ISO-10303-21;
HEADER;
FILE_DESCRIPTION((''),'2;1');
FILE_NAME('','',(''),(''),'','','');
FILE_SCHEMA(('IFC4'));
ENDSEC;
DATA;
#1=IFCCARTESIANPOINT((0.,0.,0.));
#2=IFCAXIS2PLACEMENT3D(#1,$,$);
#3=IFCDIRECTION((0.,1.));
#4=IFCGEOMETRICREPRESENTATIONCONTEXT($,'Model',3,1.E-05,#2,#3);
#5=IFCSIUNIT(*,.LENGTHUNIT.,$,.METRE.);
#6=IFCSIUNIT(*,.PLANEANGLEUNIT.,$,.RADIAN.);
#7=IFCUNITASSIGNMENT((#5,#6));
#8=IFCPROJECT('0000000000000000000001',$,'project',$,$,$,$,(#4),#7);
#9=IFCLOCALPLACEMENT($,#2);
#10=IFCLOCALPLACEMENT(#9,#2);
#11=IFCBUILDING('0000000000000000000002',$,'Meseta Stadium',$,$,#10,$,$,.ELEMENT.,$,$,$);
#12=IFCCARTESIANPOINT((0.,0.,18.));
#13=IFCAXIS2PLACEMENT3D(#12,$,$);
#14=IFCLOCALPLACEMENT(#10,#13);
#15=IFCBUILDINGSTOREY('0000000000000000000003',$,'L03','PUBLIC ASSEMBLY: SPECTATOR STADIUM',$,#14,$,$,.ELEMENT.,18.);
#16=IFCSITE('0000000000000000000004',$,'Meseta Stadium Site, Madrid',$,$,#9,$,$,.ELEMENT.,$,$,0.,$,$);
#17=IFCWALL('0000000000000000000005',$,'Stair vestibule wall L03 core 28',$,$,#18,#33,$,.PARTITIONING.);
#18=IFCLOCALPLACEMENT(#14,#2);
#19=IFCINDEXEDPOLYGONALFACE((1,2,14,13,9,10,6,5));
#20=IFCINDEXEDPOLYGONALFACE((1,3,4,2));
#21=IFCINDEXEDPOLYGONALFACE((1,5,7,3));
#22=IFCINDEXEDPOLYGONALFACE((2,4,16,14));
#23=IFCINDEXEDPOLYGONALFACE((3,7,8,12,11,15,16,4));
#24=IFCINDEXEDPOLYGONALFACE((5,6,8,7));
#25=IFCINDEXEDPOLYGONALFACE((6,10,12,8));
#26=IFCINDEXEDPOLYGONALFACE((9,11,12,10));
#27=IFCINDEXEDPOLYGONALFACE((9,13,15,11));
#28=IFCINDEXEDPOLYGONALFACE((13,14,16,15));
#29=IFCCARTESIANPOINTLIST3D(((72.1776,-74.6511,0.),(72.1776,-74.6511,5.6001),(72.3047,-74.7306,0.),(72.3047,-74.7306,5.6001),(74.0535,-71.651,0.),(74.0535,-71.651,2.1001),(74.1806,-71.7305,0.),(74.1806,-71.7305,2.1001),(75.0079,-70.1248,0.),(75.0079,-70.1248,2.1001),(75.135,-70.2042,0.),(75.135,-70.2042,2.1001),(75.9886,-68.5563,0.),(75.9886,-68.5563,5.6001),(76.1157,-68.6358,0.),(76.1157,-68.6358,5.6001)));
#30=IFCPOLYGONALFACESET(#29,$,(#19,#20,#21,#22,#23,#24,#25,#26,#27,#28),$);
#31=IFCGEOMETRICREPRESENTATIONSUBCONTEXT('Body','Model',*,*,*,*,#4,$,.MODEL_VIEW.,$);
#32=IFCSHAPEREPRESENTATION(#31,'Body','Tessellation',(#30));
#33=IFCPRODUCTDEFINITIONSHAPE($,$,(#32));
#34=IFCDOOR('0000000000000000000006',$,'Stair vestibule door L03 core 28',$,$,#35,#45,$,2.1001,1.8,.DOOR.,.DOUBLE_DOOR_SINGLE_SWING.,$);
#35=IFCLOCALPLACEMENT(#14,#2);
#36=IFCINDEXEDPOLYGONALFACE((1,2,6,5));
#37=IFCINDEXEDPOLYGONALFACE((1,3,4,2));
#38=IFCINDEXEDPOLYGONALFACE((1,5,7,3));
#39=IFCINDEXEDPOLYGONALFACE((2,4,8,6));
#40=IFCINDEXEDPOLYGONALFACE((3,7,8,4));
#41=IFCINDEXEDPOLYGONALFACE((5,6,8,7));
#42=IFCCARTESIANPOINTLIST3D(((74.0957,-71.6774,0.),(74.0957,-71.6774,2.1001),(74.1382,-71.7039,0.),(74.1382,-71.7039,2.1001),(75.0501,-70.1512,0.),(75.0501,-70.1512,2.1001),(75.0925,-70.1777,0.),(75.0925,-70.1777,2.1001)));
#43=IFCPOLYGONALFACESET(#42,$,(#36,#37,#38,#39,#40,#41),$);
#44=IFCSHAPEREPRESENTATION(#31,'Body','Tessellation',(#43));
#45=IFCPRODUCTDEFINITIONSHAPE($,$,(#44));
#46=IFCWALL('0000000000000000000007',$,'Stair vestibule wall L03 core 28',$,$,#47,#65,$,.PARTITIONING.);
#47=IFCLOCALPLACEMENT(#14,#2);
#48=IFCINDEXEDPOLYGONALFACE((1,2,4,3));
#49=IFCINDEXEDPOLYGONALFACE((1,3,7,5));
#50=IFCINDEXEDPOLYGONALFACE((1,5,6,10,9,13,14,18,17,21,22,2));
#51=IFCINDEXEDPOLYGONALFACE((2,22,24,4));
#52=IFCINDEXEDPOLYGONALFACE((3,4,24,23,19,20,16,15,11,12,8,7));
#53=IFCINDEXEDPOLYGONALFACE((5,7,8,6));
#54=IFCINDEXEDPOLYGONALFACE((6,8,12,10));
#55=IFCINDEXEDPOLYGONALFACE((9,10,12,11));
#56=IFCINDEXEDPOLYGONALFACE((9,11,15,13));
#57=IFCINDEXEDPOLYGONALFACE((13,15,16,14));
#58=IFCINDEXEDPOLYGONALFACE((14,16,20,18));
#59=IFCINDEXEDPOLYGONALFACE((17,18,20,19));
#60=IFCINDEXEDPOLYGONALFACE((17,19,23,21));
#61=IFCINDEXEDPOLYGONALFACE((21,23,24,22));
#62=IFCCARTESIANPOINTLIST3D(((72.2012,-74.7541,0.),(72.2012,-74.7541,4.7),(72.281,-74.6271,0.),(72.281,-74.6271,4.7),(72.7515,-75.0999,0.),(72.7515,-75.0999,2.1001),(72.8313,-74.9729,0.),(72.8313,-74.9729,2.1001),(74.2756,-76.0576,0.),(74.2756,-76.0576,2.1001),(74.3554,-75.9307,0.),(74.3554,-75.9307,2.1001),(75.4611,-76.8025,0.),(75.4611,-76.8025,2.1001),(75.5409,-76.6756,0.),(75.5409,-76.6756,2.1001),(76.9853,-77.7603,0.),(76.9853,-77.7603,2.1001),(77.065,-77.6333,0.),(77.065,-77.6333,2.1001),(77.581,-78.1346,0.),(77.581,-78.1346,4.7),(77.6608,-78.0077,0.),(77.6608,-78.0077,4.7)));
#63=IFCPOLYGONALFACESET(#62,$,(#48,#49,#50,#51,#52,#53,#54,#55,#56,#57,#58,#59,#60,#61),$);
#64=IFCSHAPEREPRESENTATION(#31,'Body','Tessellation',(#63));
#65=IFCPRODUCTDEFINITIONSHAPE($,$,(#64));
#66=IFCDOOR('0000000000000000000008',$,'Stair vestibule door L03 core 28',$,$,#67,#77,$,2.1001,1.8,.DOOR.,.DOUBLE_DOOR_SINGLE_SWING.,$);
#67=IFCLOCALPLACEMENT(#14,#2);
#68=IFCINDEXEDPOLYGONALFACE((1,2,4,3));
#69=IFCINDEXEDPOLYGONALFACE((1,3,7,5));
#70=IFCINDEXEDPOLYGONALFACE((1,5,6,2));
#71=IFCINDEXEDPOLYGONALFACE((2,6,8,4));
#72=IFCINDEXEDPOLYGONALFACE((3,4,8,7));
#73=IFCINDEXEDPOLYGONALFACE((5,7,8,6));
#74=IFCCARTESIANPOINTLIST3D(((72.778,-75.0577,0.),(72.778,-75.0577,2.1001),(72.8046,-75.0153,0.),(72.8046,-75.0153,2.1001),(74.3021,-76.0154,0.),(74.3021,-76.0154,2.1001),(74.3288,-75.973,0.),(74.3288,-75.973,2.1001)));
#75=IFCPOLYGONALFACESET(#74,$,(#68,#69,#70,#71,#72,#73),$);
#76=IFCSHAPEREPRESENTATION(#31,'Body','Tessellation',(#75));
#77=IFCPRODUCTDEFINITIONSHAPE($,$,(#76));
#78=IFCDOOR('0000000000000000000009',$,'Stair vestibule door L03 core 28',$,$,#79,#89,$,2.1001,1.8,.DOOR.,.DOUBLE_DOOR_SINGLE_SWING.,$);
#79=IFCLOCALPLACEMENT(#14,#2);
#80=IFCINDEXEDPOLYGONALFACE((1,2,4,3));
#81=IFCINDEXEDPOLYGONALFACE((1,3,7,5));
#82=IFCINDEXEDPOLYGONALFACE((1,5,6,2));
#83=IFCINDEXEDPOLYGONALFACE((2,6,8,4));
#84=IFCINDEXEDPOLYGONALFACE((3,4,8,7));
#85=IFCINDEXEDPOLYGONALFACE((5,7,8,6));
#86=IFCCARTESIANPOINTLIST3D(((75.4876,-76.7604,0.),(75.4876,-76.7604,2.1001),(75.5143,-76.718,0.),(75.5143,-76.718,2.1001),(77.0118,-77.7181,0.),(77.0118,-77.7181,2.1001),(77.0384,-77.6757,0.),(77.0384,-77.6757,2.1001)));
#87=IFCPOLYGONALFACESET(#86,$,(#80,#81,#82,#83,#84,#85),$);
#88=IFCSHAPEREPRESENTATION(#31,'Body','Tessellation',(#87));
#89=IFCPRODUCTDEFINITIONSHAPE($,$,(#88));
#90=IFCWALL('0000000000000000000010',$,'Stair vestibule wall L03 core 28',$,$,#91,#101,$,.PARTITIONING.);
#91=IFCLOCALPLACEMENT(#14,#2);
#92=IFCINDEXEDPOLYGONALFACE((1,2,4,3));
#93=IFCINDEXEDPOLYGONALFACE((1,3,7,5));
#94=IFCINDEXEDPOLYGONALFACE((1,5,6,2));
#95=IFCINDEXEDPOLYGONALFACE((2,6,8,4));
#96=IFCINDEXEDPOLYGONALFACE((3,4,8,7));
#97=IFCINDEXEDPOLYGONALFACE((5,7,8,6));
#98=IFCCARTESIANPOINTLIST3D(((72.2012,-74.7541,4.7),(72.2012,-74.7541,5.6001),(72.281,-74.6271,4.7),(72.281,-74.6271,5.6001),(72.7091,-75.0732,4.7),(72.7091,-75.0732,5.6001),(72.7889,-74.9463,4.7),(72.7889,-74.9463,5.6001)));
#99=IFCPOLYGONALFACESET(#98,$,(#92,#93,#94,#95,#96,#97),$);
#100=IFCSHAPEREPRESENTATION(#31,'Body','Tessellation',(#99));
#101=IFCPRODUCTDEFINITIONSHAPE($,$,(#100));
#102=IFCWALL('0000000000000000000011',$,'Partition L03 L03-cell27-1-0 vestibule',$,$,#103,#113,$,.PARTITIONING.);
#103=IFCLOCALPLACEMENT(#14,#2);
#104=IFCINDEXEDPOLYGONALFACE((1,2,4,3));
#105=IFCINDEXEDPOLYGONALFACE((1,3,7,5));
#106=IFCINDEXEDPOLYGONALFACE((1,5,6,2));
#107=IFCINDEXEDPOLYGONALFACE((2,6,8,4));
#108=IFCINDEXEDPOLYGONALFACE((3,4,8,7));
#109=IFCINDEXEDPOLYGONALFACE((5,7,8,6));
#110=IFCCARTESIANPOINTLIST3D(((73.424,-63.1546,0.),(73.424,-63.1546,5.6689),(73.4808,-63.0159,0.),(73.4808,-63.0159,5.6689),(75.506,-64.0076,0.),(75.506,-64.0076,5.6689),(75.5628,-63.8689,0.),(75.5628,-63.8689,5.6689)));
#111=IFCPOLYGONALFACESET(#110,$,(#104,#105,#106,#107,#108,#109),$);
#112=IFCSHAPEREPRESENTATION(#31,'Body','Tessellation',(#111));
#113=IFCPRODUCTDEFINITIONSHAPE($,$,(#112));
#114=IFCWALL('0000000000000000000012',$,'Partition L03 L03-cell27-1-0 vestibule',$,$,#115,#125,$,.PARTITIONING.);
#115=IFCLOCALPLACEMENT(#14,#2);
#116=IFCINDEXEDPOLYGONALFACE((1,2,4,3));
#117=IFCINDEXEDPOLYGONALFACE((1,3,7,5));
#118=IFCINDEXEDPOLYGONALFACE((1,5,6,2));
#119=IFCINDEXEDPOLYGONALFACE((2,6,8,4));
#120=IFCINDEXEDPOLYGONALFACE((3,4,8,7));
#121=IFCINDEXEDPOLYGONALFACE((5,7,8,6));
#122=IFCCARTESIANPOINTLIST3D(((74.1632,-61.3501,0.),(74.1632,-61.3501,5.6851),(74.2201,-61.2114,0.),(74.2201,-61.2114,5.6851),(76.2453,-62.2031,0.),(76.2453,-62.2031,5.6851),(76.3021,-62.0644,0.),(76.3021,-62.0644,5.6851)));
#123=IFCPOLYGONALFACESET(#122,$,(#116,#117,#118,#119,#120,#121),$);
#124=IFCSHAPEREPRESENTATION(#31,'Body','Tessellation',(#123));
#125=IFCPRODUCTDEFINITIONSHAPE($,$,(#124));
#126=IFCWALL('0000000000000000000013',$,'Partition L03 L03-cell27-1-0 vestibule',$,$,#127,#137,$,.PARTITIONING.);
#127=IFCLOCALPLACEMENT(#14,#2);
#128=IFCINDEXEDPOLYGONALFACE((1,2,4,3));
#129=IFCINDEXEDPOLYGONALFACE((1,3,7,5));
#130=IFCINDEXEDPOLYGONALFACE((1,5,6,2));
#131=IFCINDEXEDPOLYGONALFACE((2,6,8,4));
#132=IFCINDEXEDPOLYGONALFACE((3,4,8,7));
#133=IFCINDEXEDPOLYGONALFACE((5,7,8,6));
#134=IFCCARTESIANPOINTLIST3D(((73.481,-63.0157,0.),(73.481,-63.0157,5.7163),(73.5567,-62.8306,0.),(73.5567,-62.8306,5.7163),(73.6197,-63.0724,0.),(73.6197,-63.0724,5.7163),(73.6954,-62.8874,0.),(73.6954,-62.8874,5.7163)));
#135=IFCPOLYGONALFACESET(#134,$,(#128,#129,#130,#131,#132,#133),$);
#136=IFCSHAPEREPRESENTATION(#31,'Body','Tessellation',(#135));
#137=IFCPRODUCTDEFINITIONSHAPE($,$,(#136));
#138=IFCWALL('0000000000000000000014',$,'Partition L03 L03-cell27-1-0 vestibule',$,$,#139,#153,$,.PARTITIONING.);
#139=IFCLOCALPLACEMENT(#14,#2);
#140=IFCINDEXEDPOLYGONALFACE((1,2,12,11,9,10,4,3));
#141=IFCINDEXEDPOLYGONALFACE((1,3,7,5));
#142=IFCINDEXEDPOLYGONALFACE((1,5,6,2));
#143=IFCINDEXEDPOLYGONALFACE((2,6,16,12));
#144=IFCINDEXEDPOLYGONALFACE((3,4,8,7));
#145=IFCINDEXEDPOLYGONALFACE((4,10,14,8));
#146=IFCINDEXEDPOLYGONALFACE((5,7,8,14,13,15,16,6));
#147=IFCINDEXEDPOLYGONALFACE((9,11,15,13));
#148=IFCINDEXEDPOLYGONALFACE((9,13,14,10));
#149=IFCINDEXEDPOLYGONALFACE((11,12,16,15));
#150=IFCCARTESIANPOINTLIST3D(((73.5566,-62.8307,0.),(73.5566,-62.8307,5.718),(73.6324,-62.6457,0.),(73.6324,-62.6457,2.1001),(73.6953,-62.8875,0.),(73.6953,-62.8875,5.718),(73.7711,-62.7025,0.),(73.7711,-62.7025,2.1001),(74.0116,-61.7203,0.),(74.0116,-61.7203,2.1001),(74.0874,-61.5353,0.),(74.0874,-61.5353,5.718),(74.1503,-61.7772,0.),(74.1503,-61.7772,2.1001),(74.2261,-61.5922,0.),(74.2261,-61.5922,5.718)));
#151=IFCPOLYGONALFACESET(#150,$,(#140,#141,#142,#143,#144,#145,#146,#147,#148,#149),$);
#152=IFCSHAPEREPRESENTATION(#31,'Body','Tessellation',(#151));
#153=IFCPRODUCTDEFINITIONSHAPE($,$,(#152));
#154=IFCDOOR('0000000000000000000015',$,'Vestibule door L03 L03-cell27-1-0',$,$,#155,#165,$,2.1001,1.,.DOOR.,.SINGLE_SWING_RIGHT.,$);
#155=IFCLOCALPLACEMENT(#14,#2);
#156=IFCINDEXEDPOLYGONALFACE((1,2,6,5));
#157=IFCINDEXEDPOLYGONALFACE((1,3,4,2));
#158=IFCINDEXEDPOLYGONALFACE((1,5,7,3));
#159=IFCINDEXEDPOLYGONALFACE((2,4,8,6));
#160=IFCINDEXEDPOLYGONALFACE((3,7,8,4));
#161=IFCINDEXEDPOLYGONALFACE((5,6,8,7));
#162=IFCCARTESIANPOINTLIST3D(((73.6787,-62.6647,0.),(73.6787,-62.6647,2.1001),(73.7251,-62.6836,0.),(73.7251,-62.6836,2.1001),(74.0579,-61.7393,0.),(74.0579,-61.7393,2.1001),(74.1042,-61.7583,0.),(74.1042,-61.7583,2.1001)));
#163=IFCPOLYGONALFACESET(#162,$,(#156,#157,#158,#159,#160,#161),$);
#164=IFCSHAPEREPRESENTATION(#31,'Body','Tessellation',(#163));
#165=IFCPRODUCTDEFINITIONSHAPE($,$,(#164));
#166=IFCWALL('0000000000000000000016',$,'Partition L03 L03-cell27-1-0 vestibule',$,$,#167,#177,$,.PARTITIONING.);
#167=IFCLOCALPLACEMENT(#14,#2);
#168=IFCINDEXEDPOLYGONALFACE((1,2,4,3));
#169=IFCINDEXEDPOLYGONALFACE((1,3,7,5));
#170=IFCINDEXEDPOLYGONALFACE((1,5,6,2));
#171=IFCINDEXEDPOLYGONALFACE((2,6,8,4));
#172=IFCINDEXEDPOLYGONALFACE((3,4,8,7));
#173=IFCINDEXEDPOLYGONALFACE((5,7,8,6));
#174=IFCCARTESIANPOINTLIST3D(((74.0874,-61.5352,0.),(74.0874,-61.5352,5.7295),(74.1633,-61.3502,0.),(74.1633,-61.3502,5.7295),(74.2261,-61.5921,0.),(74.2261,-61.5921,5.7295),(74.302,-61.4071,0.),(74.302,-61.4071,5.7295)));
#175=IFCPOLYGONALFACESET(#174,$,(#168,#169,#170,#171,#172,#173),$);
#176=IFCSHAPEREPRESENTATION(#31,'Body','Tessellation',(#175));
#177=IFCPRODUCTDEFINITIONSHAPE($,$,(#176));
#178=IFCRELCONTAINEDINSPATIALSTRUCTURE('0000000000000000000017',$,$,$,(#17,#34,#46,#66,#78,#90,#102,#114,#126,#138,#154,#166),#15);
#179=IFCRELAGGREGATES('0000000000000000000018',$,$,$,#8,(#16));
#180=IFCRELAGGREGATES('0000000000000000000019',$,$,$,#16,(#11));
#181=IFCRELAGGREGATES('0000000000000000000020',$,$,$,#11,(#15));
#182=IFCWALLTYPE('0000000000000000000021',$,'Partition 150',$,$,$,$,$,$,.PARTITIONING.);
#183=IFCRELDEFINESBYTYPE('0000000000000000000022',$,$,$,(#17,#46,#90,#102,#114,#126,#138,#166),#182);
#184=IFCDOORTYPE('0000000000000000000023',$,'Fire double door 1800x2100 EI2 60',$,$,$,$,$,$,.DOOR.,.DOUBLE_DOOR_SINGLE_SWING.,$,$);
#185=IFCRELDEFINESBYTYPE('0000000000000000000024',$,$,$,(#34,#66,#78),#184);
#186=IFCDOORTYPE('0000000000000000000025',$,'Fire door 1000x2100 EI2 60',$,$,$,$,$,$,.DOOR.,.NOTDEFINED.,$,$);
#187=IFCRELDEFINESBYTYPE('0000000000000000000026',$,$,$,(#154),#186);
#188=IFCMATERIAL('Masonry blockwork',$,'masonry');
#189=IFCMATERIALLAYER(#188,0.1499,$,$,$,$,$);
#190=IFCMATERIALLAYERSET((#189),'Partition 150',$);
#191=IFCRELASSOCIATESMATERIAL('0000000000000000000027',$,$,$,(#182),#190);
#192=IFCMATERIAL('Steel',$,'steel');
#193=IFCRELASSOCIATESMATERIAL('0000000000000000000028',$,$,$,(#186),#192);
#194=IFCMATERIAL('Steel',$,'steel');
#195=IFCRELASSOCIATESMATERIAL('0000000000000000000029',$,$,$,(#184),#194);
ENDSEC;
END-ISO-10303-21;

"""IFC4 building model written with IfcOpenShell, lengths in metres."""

from ifc_helpers import new_model, si_unit, direction, frame, frame_2d, origin, place, context, subcontext, project, spatial, rectangle, extrude, material, layer, layer_set, type_object, element, fill, save


model = new_model("IFC4")

# Units and contexts
model_context = context("Model", 3, precision=1e-05, world=origin(), true_north=direction((0.0, 1.0)))
body_context = subcontext(model_context, "Body", "Model", "MODEL_VIEW")
ifc_project = project(units=[si_unit("LENGTHUNIT", "METRE"), si_unit("PLANEANGLEUNIT", "RADIAN")], contexts=[model_context])

# Site, building, storey
site_placement = place(None, origin())
site = spatial("IfcSite", under=ifc_project, at=site_placement, Name="Meseta Stadium Site, Madrid", CompositionType="ELEMENT", RefElevation=0.0)
building_placement = place(site_placement, origin())
building = spatial("IfcBuilding", under=site, at=building_placement, Name="Meseta Stadium", CompositionType="ELEMENT")
storey_placement = place(building_placement, frame((0.0, 0.0, 18.0)))
storey = spatial("IfcBuildingStorey", under=building, at=storey_placement, Name="L03", Description="PUBLIC ASSEMBLY: SPECTATOR STADIUM", CompositionType="ELEMENT", Elevation=18.0)

# Shared definitions
ifc_material_1 = material(Name="Masonry blockwork", Category="masonry")
ifc_layer = layer(ifc_material_1, 0.1499)
ifc_layer_set = layer_set([ifc_layer], Name="Partition 150")
wall_type = type_object("IfcWallType", Name="Partition 150", PredefinedType="PARTITIONING", material=ifc_layer_set)

# Shared definitions
ifc_material_2 = material(Name="Steel", Category="steel")
door_type_1 = type_object("IfcDoorType", Name="Fire door 1000x2100 EI2 60", OperationType="NOTDEFINED", PredefinedType="DOOR", material=ifc_material_2)

# Wall, opening, door
ifc_material_3 = material(Name="Steel", Category="steel")
door_type_2 = type_object("IfcDoorType", Name="Fire double door 1800x2100 EI2 60", OperationType="DOUBLE_DOOR_SINGLE_SWING", PredefinedType="DOOR", material=ifc_material_3)
wall_1_placement = place(storey_placement, frame((76.0522, -68.5959, 0.0), z_axis=(0.0, 0.0, 1.0), x_axis=(-0.530182, -0.847884, 0.0)))
wall_1 = element("IfcWall", 1, at=wall_1_placement, inside=storey, type_object=wall_type, Name="Stair vestibule wall L03 core 28", PredefinedType="PARTITIONING", context=body_context, shape_type="SweptSolid", body=[
    extrude(rectangle(XDim=7.1882, YDim=0.1499, at=frame_2d((3.5942, 0.0))), origin(), (0.0, 0.0, 1.0), 5.6001),
])
opening_1_placement = place(wall_1_placement, frame((1.8501, 0.0, 0.0)))
opening_1 = element("IfcOpeningElement", 2, at=opening_1_placement, cuts=wall_1, PredefinedType="OPENING", context=body_context, shape_type="SweptSolid", body=[
    extrude(rectangle(XDim=1.8, YDim=2.1001, at=frame_2d((0.8999, 1.05))), frame((0.0, 0.085, 0.0), z_axis=(0.0, -1.0, 0.0), x_axis=(1.0, 0.0, 0.0)), (0.0, 0.0, 1.0), 0.1699),
])
door_1_placement = place(opening_1_placement, origin())
door_1 = element("IfcDoor", 3, at=door_1_placement, inside=storey, type_object=door_type_2, Name="Stair vestibule door L03 core 28", OperationType="DOUBLE_DOOR_SINGLE_SWING", OverallHeight=2.1001, OverallWidth=1.8, PredefinedType="DOOR", context=body_context, shape_type="SweptSolid", body=[
    extrude(rectangle(XDim=1.8, YDim=2.1001, at=frame_2d((0.8999, 1.05))), frame((0.0, 0.0249, 0.0), z_axis=(0.0, -1.0, 0.0), x_axis=(1.0, 0.0, 0.0)), (0.0, 0.0, 1.0), 0.05),
])
fill(opening_1, door_1)

# Wall, openings, doors
wall_2_placement = place(storey_placement, frame((72.2412, -74.6907, 0.0), z_axis=(0.0, 0.0, 1.0), x_axis=(0.846709, -0.532056, 0.0)))
wall_2 = element("IfcWall", 4, at=wall_2_placement, inside=storey, type_object=wall_type, Name="Stair vestibule wall L03 core 28", PredefinedType="PARTITIONING", context=body_context, shape_type="SweptSolid", body=[
    extrude(rectangle(XDim=6.3538, YDim=0.1499, at=frame_2d((3.1768, 0.0))), origin(), (0.0, 0.0, 1.0), 4.7),
])
opening_2_placement = place(wall_2_placement, frame((0.6499, 0.0, 0.0)))
opening_2 = element("IfcOpeningElement", 5, at=opening_2_placement, cuts=wall_2, PredefinedType="OPENING", context=body_context, shape_type="SweptSolid", body=[
    extrude(rectangle(XDim=1.8, YDim=2.1001, at=frame_2d((0.8999, 1.05))), frame((0.0, 0.085, 0.0), z_axis=(0.0, -1.0, 0.0), x_axis=(1.0, 0.0, 0.0)), (0.0, 0.0, 1.0), 0.1699),
])
opening_3_placement = place(wall_2_placement, frame((3.8501, 0.0, 0.0)))
opening_3 = element("IfcOpeningElement", 6, at=opening_3_placement, cuts=wall_2, PredefinedType="OPENING", context=body_context, shape_type="SweptSolid", body=[
    extrude(rectangle(XDim=1.8, YDim=2.1001, at=frame_2d((0.8999, 1.05))), frame((0.0, 0.085, 0.0), z_axis=(0.0, -1.0, 0.0), x_axis=(1.0, 0.0, 0.0)), (0.0, 0.0, 1.0), 0.1699),
])
door_2_placement = place(opening_2_placement, origin())
door_2 = element("IfcDoor", 7, at=door_2_placement, inside=storey, type_object=door_type_2, Name="Stair vestibule door L03 core 28", OperationType="DOUBLE_DOOR_SINGLE_SWING", OverallHeight=2.1001, OverallWidth=1.8, PredefinedType="DOOR", context=body_context, shape_type="SweptSolid", body=[
    extrude(rectangle(XDim=1.8, YDim=2.1001, at=frame_2d((0.8999, 1.05))), frame((0.0, 0.0249, 0.0), z_axis=(0.0, -1.0, 0.0), x_axis=(1.0, 0.0, 0.0)), (0.0, 0.0, 1.0), 0.05),
])
fill(opening_2, door_2)
door_3_placement = place(opening_3_placement, origin())
door_3 = element("IfcDoor", 8, at=door_3_placement, inside=storey, type_object=door_type_2, Name="Stair vestibule door L03 core 28", OperationType="DOUBLE_DOOR_SINGLE_SWING", OverallHeight=2.1001, OverallWidth=1.8, PredefinedType="DOOR", context=body_context, shape_type="SweptSolid", body=[
    extrude(rectangle(XDim=1.8, YDim=2.1001, at=frame_2d((0.8999, 1.05))), frame((0.0, 0.0249, 0.0), z_axis=(0.0, -1.0, 0.0), x_axis=(1.0, 0.0, 0.0)), (0.0, 0.0, 1.0), 0.05),
])
fill(opening_3, door_3)

# Walls
wall_3_placement = place(storey_placement, frame((72.2412, -74.6907, 4.7), z_axis=(0.0, 0.0, 1.0), x_axis=(0.846715, -0.532046, 0.0)))
element("IfcWall", 9, at=wall_3_placement, inside=storey, type_object=wall_type, Name="Stair vestibule wall L03 core 28", PredefinedType="PARTITIONING", context=body_context, shape_type="SweptSolid", body=[
    extrude(rectangle(XDim=0.5999, YDim=0.1499, at=frame_2d((0.2998, 0.0))), origin(), (0.0, 0.0, 1.0), 0.9001),
])
wall_4_placement = place(storey_placement, frame((75.5344, -63.9382, 0.0), z_axis=(0.0, 0.0, 1.0), x_axis=(-0.925346, 0.379123, 0.0)))
element("IfcWall", 10, at=wall_4_placement, inside=storey, type_object=wall_type, Name="Partition L03 L03-cell27-1-0 vestibule", PredefinedType="PARTITIONING", context=body_context, shape_type="SweptSolid", body=[
    extrude(rectangle(XDim=2.25, YDim=0.1499, at=frame_2d((1.125, 0.0))), origin(), (0.0, 0.0, 1.0), 5.6689),
])
wall_5_placement = place(storey_placement, frame((76.2737, -62.1338, 0.0), z_axis=(0.0, 0.0, 1.0), x_axis=(-0.925346, 0.379123, 0.0)))
element("IfcWall", 11, at=wall_5_placement, inside=storey, type_object=wall_type, Name="Partition L03 L03-cell27-1-0 vestibule", PredefinedType="PARTITIONING", context=body_context, shape_type="SweptSolid", body=[
    extrude(rectangle(XDim=2.25, YDim=0.1499, at=frame_2d((1.125, 0.0))), origin(), (0.0, 0.0, 1.0), 5.6851),
])
wall_6_placement = place(storey_placement, frame((73.5503, -63.0442, 0.0), z_axis=(0.0, 0.0, 1.0), x_axis=(0.378538, 0.925586, 0.0)))
element("IfcWall", 12, at=wall_6_placement, inside=storey, type_object=wall_type, Name="Partition L03 L03-cell27-1-0 vestibule", PredefinedType="PARTITIONING", context=body_context, shape_type="SweptSolid", body=[
    extrude(rectangle(XDim=0.2, YDim=0.1499, at=frame_2d((0.1001, 0.0))), origin(), (0.0, 0.0, 1.0), 5.7163),
])

# Wall, opening, door
wall_7_placement = place(storey_placement, frame((73.626, -62.8591, 0.0), z_axis=(0.0, 0.0, 1.0), x_axis=(0.379135, 0.925341, 0.0)))
wall_7 = element("IfcWall", 13, at=wall_7_placement, inside=storey, type_object=wall_type, Name="Partition L03 L03-cell27-1-0 vestibule", PredefinedType="PARTITIONING", context=body_context, shape_type="SweptSolid", body=[
    extrude(rectangle(XDim=1.3999, YDim=0.1499, at=frame_2d((0.7, 0.0))), origin(), (0.0, 0.0, 1.0), 5.718),
])
opening_4_placement = place(wall_7_placement, frame((0.2, 0.0, 0.0)))
opening_4 = element("IfcOpeningElement", 14, at=opening_4_placement, cuts=wall_7, PredefinedType="OPENING", context=body_context, shape_type="SweptSolid", body=[
    extrude(rectangle(XDim=1.0, YDim=2.1001, at=frame_2d((0.5, 1.05))), frame((0.0, 0.085, 0.0), z_axis=(0.0, -1.0, 0.0), x_axis=(1.0, 0.0, 0.0)), (0.0, 0.0, 1.0), 0.1699),
])
door_4_placement = place(opening_4_placement, origin())
door_4 = element("IfcDoor", 15, at=door_4_placement, inside=storey, type_object=door_type_1, Name="Vestibule door L03 L03-cell27-1-0", OperationType="SINGLE_SWING_RIGHT", OverallHeight=2.1001, OverallWidth=1.0, PredefinedType="DOOR", context=body_context, shape_type="SweptSolid", body=[
    extrude(rectangle(XDim=1.0, YDim=2.1001, at=frame_2d((0.5, 1.05))), frame((0.0, 0.0249, 0.0), z_axis=(0.0, -1.0, 0.0), x_axis=(1.0, 0.0, 0.0)), (0.0, 0.0, 1.0), 0.05),
])
fill(opening_4, door_4)

# Wall
wall_8_placement = place(storey_placement, frame((74.1567, -61.5637, 0.0), z_axis=(0.0, 0.0, 1.0), x_axis=(0.379583, 0.925158, 0.0)))
element("IfcWall", 16, at=wall_8_placement, inside=storey, type_object=wall_type, Name="Partition L03 L03-cell27-1-0 vestibule", PredefinedType="PARTITIONING", context=body_context, shape_type="SweptSolid", body=[
    extrude(rectangle(XDim=0.2, YDim=0.1499, at=frame_2d((0.1001, 0.0))), origin(), (0.0, 0.0, 1.0), 5.7295),
])

save(model, "model.ifc")
